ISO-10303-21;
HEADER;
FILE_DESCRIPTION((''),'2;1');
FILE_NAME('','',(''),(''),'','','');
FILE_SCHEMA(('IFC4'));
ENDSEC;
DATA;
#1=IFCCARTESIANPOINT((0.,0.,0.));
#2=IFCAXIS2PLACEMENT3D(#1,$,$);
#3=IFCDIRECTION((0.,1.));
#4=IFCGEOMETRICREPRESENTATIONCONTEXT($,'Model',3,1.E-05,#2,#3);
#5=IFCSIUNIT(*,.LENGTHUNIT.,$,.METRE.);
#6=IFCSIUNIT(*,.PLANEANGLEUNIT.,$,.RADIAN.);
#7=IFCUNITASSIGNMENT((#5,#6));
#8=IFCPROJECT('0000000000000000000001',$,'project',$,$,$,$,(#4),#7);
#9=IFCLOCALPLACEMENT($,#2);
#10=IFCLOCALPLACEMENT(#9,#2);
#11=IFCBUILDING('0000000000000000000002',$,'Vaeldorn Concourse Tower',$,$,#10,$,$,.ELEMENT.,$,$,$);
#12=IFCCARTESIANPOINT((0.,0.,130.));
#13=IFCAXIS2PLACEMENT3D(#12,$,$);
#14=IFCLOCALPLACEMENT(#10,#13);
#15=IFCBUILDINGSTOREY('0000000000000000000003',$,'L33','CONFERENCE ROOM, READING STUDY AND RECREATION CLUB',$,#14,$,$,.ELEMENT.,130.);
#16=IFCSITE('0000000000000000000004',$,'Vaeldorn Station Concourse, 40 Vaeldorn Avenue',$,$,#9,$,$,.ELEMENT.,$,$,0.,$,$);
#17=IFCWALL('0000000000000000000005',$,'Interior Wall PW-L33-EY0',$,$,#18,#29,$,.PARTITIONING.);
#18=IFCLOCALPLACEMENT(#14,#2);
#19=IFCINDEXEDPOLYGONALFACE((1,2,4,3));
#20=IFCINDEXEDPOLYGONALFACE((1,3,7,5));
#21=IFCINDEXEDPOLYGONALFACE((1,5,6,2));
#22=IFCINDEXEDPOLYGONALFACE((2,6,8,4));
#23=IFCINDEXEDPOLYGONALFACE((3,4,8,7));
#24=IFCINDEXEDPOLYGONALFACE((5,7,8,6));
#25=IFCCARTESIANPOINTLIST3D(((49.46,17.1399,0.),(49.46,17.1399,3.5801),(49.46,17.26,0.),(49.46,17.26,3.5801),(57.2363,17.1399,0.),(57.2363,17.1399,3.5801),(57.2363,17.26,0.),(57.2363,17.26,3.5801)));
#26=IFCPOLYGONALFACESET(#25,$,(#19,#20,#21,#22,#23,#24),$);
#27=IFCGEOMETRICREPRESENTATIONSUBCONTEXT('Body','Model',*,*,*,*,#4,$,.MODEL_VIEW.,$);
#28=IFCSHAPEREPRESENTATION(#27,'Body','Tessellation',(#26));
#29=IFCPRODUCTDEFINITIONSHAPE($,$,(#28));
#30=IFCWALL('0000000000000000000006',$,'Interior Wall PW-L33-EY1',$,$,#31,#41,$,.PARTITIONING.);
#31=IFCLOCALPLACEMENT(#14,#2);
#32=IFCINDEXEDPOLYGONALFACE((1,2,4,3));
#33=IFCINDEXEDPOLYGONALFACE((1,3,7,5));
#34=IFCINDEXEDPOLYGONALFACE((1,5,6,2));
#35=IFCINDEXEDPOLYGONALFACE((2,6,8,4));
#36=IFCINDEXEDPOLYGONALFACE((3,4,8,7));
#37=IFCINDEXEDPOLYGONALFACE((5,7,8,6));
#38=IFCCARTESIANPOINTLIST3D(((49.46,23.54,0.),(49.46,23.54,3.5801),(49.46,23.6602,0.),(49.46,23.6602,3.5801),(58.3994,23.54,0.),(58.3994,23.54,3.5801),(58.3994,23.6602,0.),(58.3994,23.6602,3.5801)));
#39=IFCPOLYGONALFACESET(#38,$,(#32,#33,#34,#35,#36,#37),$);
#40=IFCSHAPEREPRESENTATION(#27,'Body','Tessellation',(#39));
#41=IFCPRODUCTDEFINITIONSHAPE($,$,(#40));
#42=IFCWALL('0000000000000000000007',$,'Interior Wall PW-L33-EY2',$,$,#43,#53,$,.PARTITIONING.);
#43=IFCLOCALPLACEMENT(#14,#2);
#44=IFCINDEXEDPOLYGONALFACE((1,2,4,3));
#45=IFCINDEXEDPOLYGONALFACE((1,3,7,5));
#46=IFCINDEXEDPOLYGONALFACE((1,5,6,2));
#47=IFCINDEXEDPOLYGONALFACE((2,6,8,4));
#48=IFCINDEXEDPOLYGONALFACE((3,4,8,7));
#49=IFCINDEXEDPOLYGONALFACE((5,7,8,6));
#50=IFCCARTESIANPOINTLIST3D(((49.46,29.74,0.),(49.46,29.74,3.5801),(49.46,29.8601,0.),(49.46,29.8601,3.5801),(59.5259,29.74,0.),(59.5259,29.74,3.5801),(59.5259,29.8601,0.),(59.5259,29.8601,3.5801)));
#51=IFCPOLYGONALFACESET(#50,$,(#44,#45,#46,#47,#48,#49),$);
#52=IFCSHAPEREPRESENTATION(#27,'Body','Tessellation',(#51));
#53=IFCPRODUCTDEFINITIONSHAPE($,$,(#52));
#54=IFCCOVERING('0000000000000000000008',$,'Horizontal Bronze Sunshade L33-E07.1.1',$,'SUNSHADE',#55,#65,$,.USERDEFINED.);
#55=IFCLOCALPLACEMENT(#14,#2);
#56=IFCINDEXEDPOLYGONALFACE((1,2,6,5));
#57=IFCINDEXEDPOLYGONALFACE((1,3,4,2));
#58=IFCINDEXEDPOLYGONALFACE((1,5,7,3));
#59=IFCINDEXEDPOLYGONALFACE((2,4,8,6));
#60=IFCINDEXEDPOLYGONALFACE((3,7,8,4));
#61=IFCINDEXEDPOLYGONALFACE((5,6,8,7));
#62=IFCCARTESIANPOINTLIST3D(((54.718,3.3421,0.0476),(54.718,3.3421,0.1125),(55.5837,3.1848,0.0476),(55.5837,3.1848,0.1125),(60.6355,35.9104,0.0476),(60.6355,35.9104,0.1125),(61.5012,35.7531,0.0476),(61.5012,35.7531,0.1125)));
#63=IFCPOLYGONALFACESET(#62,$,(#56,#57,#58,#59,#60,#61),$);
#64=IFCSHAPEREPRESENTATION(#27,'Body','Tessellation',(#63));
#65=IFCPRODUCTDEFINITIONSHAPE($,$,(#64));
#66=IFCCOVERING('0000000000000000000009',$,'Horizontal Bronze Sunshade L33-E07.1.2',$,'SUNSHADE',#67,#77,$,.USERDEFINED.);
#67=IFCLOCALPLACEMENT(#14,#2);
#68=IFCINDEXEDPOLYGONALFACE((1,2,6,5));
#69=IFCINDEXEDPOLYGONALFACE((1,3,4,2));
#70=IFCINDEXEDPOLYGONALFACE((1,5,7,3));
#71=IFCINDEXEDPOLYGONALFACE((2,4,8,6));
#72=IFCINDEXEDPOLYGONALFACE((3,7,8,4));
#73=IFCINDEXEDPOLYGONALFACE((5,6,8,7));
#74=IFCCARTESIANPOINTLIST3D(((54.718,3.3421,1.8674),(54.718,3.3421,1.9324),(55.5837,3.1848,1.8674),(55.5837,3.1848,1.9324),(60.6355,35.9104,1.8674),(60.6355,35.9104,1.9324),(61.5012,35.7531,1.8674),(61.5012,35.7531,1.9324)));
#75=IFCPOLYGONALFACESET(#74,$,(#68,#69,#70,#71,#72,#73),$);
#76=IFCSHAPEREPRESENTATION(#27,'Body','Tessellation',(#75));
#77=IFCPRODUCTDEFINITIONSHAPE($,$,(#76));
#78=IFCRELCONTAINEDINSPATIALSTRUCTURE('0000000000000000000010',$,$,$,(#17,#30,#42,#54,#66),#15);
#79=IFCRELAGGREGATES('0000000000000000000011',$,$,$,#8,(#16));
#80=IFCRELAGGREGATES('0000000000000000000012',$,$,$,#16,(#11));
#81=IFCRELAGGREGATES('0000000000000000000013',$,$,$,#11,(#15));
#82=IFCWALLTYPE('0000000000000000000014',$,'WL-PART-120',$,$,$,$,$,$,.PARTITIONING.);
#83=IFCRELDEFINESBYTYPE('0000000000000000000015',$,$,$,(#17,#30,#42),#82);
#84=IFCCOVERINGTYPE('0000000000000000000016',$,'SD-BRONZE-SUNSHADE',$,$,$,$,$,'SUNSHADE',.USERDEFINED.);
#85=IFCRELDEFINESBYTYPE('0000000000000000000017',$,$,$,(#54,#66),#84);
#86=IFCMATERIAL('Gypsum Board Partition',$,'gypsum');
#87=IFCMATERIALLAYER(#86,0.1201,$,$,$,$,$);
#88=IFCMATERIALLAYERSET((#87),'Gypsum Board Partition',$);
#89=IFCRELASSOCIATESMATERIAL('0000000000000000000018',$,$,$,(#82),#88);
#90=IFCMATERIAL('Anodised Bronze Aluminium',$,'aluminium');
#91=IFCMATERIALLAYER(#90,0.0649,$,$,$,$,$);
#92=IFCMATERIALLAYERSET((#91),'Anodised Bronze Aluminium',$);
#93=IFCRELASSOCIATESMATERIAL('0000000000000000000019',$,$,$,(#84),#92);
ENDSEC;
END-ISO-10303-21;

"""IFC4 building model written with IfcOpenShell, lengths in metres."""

from ifc_helpers import new_model, si_unit, direction, frame, frame_2d, origin, origin_2d, place, context, subcontext, project, spatial, rectangle, extrude, source, transform, mapped, material, layer, layer_set, type_object, element, save


model = new_model("IFC4")

# Units and contexts
model_context = context("Model", 3, precision=1e-05, world=origin(), true_north=direction((0.0, 1.0)))
body_context = subcontext(model_context, "Body", "Model", "MODEL_VIEW")
ifc_project = project(units=[si_unit("LENGTHUNIT", "METRE"), si_unit("PLANEANGLEUNIT", "RADIAN")], contexts=[model_context])

# Site, building, storey
site_placement = place(None, origin())
site = spatial("IfcSite", under=ifc_project, at=site_placement, Name="Vaeldorn Station Concourse, 40 Vaeldorn Avenue", CompositionType="ELEMENT", RefElevation=0.0)
building_placement = place(site_placement, origin())
building = spatial("IfcBuilding", under=site, at=building_placement, Name="Vaeldorn Concourse Tower", CompositionType="ELEMENT")
storey_placement = place(building_placement, frame((0.0, 0.0, 130.0)))
storey = spatial("IfcBuildingStorey", under=building, at=storey_placement, Name="L33", Description="CONFERENCE ROOM, READING STUDY AND RECREATION CLUB", CompositionType="ELEMENT", Elevation=130.0)

# Shared definitions
ifc_material_1 = material(Name="Anodised Bronze Aluminium", Category="aluminium")

# Shared definitions
ifc_material_2 = material(Name="Gypsum Board Partition", Category="gypsum")
ifc_layer_1 = layer(ifc_material_2, 0.1201)
ifc_layer_set_1 = layer_set([ifc_layer_1], Name="Gypsum Board Partition")
wall_type = type_object("IfcWallType", Name="WL-PART-120", PredefinedType="PARTITIONING", material=ifc_layer_set_1)

# Walls
wall_1_placement = place(storey_placement, frame((49.46, 17.2, 0.0), z_axis=(0.0, 0.0, 1.0), x_axis=(1.0, 0.0, 0.0)))
element("IfcWall", 1, at=wall_1_placement, inside=storey, type_object=wall_type, Name="Interior Wall PW-L33-EY0", PredefinedType="PARTITIONING", context=body_context, shape_type="SweptSolid", body=[
    extrude(rectangle(XDim=7.7764, YDim=0.1201, at=frame_2d((3.8882, 0.0))), origin(), (0.0, 0.0, 1.0), 3.5801),
])
wall_2_placement = place(storey_placement, frame((49.46, 23.6001, 0.0), z_axis=(0.0, 0.0, 1.0), x_axis=(1.0, 0.0, 0.0)))
element("IfcWall", 2, at=wall_2_placement, inside=storey, type_object=wall_type, Name="Interior Wall PW-L33-EY1", PredefinedType="PARTITIONING", context=body_context, shape_type="SweptSolid", body=[
    extrude(rectangle(XDim=8.9395, YDim=0.1201, at=frame_2d((4.4697, 0.0))), origin(), (0.0, 0.0, 1.0), 3.5801),
])
wall_3_placement = place(storey_placement, frame((49.46, 29.8, 0.0), z_axis=(0.0, 0.0, 1.0), x_axis=(1.0, 0.0, 0.0)))
element("IfcWall", 3, at=wall_3_placement, inside=storey, type_object=wall_type, Name="Interior Wall PW-L33-EY2", PredefinedType="PARTITIONING", context=body_context, shape_type="SweptSolid", body=[
    extrude(rectangle(XDim=10.0659, YDim=0.1201, at=frame_2d((5.033, 0.0))), origin(), (0.0, 0.0, 1.0), 3.5801),
])

# Coverings
ifc_layer_2 = layer(ifc_material_1, 0.0649)
ifc_layer_set_2 = layer_set([ifc_layer_2], Name="Anodised Bronze Aluminium")
covering_type = type_object("IfcCoveringType", Name="SD-BRONZE-SUNSHADE", ElementType="SUNSHADE", PredefinedType="USERDEFINED", material=ifc_layer_set_2)
shared_shape_1 = source(origin(), body_context, "Body", "SweptSolid", [
    extrude(rectangle(XDim=33.1016, YDim=0.8799, at=origin_2d()), origin(), (0.0, 0.0, 1.0), 0.0649),
])
for number, where, z_axis, x_axis, name in (
    (4, (58.1096, 19.5476, 0.0476), (0.0, 0.0, 1.0), (0.178768, 0.983891, 0.0), "Horizontal Bronze Sunshade L33-E07.1.1"),
    (5, (58.1096, 19.5476, 1.8674), (0.0, 0.0, 1.0), (0.178768, 0.983891, 0.0), "Horizontal Bronze Sunshade L33-E07.1.2"),
):
    element("IfcCovering", number, at=place(storey_placement, frame(where, z_axis=z_axis, x_axis=x_axis)), inside=storey, type_object=covering_type, Name=name, ObjectType="SUNSHADE", PredefinedType="USERDEFINED", context=body_context, shape_type="MappedRepresentation", body=[
        mapped(shared_shape_1, transform((0.0, 0.0, 0.0), scale=1.0)),
    ])

save(model, "model.ifc")
